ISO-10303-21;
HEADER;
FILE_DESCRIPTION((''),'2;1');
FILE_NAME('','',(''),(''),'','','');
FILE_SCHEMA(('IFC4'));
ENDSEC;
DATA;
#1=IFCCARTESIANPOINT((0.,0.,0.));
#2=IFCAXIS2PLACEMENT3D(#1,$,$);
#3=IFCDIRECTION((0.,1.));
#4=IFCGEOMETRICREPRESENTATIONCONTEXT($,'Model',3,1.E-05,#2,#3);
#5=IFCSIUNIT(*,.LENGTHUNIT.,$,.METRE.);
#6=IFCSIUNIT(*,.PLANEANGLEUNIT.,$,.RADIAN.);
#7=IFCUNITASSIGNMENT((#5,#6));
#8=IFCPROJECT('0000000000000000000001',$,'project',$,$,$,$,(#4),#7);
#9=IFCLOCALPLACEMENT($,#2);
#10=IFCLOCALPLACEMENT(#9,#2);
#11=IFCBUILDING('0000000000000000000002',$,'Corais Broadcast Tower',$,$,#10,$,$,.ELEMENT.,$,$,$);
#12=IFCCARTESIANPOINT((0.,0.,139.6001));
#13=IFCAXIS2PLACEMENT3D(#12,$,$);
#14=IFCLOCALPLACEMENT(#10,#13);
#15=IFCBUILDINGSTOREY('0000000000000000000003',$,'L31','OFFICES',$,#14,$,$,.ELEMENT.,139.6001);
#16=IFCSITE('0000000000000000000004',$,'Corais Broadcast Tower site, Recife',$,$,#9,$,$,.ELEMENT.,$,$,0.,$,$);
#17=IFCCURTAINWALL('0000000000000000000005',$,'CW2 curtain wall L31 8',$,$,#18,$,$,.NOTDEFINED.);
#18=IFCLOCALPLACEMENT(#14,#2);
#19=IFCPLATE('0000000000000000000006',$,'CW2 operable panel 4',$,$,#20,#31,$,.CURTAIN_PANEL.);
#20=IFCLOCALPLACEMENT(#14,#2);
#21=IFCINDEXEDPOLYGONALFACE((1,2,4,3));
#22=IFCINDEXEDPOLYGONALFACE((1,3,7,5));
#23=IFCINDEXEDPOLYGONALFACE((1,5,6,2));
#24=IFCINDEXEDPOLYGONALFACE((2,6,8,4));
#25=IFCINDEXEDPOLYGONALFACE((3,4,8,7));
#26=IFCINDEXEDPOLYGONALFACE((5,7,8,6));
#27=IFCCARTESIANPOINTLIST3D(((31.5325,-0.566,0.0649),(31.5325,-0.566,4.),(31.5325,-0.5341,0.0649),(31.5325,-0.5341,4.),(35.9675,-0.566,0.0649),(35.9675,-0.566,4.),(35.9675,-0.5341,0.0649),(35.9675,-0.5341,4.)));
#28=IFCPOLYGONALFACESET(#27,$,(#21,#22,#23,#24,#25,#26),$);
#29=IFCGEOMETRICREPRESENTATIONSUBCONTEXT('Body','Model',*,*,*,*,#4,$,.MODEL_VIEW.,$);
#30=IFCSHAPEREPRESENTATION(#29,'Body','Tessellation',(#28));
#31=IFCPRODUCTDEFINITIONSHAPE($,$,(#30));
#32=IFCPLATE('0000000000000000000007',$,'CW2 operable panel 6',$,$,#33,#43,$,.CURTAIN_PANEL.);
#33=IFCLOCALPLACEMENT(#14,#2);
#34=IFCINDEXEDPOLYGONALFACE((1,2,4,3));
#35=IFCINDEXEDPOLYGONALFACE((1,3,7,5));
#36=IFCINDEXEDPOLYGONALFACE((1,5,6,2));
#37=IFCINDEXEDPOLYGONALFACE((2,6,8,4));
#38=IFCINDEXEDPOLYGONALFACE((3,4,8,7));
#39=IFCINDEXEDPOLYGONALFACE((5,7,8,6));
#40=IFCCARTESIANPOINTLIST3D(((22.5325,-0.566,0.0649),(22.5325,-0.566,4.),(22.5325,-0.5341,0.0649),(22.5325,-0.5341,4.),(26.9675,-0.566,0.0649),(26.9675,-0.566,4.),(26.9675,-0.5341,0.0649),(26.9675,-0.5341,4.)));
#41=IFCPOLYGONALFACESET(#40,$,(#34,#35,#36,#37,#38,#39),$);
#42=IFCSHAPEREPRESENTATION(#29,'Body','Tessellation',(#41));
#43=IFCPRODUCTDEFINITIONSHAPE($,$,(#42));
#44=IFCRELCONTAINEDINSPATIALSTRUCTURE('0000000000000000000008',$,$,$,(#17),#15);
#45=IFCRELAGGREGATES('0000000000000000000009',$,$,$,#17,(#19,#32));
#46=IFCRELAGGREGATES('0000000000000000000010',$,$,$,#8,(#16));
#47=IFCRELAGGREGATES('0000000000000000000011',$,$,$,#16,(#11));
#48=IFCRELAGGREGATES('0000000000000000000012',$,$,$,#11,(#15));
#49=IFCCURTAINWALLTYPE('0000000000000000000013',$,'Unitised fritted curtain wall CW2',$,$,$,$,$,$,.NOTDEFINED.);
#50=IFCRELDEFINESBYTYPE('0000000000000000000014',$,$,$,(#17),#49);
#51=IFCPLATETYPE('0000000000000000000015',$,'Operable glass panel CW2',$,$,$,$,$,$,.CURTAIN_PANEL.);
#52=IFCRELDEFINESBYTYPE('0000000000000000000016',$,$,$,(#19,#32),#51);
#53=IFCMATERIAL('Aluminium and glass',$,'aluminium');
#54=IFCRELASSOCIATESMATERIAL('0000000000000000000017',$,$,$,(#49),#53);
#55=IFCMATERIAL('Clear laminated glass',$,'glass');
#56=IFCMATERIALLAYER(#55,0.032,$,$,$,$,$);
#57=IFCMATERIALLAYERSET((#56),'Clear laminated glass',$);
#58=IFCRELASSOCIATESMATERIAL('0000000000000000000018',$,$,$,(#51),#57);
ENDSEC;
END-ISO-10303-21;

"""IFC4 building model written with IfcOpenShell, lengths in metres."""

from ifc_helpers import new_model, si_unit, direction, frame, origin, origin_2d, place, context, subcontext, project, spatial, rectangle, extrude, material, layer, layer_set, type_object, element, aggregate, save


model = new_model("IFC4")

# Units and contexts
model_context = context("Model", 3, precision=1e-05, world=origin(), true_north=direction((0.0, 1.0)))
body_context = subcontext(model_context, "Body", "Model", "MODEL_VIEW")
ifc_project = project(units=[si_unit("LENGTHUNIT", "METRE"), si_unit("PLANEANGLEUNIT", "RADIAN")], contexts=[model_context])

# Site, building, storey
site_placement = place(None, origin())
site = spatial("IfcSite", under=ifc_project, at=site_placement, Name="Corais Broadcast Tower site, Recife", CompositionType="ELEMENT", RefElevation=0.0)
building_placement = place(site_placement, origin())
building = spatial("IfcBuilding", under=site, at=building_placement, Name="Corais Broadcast Tower", CompositionType="ELEMENT")
storey_placement = place(building_placement, frame((0.0, 0.0, 139.6001)))
storey = spatial("IfcBuildingStorey", under=building, at=storey_placement, Name="L31", Description="OFFICES", CompositionType="ELEMENT", Elevation=139.6001)

# Curtain wall
ifc_material_1 = material(Name="Aluminium and glass", Category="aluminium")
curtain_wall_type = type_object("IfcCurtainWallType", Name="Unitised fritted curtain wall CW2", PredefinedType="NOTDEFINED", material=ifc_material_1)
curtain_wall_placement = place(storey_placement, origin())
curtain_wall = element("IfcCurtainWall", 1, at=curtain_wall_placement, inside=storey, type_object=curtain_wall_type, Name="CW2 curtain wall L31 8", PredefinedType="NOTDEFINED")

# Plates
ifc_material_2 = material(Name="Clear laminated glass", Category="glass")
ifc_layer_1 = layer(ifc_material_2, 0.032)
ifc_layer_set_1 = layer_set([ifc_layer_1], Name="Clear laminated glass")
plate_type_1 = type_object("IfcPlateType", Name="Operable glass panel CW2", PredefinedType="CURTAIN_PANEL", material=ifc_layer_set_1)
plate_1_placement = place(storey_placement, frame((33.75, -0.55, 0.0649), z_axis=(0.0, 0.0, 1.0), x_axis=(-1.0, 0.0, 0.0)))
plate_1 = element("IfcPlate", 2, at=plate_1_placement, type_object=plate_type_1, Name="CW2 operable panel 4", PredefinedType="CURTAIN_PANEL", context=body_context, shape_type="SweptSolid", body=[
    extrude(rectangle(XDim=4.4351, YDim=0.032, at=origin_2d()), origin(), (0.0, 0.0, 1.0), 3.9351),
])
plate_2_placement = place(storey_placement, frame((24.75, -0.55, 0.0649), z_axis=(0.0, 0.0, 1.0), x_axis=(-1.0, 0.0, 0.0)))
plate_2 = element("IfcPlate", 3, at=plate_2_placement, type_object=plate_type_1, Name="CW2 operable panel 6", PredefinedType="CURTAIN_PANEL", context=body_context, shape_type="SweptSolid", body=[
    extrude(rectangle(XDim=4.4351, YDim=0.032, at=origin_2d()), origin(), (0.0, 0.0, 1.0), 3.9351),
])
aggregate(curtain_wall, [plate_1, plate_2])

save(model, "model.ifc")
